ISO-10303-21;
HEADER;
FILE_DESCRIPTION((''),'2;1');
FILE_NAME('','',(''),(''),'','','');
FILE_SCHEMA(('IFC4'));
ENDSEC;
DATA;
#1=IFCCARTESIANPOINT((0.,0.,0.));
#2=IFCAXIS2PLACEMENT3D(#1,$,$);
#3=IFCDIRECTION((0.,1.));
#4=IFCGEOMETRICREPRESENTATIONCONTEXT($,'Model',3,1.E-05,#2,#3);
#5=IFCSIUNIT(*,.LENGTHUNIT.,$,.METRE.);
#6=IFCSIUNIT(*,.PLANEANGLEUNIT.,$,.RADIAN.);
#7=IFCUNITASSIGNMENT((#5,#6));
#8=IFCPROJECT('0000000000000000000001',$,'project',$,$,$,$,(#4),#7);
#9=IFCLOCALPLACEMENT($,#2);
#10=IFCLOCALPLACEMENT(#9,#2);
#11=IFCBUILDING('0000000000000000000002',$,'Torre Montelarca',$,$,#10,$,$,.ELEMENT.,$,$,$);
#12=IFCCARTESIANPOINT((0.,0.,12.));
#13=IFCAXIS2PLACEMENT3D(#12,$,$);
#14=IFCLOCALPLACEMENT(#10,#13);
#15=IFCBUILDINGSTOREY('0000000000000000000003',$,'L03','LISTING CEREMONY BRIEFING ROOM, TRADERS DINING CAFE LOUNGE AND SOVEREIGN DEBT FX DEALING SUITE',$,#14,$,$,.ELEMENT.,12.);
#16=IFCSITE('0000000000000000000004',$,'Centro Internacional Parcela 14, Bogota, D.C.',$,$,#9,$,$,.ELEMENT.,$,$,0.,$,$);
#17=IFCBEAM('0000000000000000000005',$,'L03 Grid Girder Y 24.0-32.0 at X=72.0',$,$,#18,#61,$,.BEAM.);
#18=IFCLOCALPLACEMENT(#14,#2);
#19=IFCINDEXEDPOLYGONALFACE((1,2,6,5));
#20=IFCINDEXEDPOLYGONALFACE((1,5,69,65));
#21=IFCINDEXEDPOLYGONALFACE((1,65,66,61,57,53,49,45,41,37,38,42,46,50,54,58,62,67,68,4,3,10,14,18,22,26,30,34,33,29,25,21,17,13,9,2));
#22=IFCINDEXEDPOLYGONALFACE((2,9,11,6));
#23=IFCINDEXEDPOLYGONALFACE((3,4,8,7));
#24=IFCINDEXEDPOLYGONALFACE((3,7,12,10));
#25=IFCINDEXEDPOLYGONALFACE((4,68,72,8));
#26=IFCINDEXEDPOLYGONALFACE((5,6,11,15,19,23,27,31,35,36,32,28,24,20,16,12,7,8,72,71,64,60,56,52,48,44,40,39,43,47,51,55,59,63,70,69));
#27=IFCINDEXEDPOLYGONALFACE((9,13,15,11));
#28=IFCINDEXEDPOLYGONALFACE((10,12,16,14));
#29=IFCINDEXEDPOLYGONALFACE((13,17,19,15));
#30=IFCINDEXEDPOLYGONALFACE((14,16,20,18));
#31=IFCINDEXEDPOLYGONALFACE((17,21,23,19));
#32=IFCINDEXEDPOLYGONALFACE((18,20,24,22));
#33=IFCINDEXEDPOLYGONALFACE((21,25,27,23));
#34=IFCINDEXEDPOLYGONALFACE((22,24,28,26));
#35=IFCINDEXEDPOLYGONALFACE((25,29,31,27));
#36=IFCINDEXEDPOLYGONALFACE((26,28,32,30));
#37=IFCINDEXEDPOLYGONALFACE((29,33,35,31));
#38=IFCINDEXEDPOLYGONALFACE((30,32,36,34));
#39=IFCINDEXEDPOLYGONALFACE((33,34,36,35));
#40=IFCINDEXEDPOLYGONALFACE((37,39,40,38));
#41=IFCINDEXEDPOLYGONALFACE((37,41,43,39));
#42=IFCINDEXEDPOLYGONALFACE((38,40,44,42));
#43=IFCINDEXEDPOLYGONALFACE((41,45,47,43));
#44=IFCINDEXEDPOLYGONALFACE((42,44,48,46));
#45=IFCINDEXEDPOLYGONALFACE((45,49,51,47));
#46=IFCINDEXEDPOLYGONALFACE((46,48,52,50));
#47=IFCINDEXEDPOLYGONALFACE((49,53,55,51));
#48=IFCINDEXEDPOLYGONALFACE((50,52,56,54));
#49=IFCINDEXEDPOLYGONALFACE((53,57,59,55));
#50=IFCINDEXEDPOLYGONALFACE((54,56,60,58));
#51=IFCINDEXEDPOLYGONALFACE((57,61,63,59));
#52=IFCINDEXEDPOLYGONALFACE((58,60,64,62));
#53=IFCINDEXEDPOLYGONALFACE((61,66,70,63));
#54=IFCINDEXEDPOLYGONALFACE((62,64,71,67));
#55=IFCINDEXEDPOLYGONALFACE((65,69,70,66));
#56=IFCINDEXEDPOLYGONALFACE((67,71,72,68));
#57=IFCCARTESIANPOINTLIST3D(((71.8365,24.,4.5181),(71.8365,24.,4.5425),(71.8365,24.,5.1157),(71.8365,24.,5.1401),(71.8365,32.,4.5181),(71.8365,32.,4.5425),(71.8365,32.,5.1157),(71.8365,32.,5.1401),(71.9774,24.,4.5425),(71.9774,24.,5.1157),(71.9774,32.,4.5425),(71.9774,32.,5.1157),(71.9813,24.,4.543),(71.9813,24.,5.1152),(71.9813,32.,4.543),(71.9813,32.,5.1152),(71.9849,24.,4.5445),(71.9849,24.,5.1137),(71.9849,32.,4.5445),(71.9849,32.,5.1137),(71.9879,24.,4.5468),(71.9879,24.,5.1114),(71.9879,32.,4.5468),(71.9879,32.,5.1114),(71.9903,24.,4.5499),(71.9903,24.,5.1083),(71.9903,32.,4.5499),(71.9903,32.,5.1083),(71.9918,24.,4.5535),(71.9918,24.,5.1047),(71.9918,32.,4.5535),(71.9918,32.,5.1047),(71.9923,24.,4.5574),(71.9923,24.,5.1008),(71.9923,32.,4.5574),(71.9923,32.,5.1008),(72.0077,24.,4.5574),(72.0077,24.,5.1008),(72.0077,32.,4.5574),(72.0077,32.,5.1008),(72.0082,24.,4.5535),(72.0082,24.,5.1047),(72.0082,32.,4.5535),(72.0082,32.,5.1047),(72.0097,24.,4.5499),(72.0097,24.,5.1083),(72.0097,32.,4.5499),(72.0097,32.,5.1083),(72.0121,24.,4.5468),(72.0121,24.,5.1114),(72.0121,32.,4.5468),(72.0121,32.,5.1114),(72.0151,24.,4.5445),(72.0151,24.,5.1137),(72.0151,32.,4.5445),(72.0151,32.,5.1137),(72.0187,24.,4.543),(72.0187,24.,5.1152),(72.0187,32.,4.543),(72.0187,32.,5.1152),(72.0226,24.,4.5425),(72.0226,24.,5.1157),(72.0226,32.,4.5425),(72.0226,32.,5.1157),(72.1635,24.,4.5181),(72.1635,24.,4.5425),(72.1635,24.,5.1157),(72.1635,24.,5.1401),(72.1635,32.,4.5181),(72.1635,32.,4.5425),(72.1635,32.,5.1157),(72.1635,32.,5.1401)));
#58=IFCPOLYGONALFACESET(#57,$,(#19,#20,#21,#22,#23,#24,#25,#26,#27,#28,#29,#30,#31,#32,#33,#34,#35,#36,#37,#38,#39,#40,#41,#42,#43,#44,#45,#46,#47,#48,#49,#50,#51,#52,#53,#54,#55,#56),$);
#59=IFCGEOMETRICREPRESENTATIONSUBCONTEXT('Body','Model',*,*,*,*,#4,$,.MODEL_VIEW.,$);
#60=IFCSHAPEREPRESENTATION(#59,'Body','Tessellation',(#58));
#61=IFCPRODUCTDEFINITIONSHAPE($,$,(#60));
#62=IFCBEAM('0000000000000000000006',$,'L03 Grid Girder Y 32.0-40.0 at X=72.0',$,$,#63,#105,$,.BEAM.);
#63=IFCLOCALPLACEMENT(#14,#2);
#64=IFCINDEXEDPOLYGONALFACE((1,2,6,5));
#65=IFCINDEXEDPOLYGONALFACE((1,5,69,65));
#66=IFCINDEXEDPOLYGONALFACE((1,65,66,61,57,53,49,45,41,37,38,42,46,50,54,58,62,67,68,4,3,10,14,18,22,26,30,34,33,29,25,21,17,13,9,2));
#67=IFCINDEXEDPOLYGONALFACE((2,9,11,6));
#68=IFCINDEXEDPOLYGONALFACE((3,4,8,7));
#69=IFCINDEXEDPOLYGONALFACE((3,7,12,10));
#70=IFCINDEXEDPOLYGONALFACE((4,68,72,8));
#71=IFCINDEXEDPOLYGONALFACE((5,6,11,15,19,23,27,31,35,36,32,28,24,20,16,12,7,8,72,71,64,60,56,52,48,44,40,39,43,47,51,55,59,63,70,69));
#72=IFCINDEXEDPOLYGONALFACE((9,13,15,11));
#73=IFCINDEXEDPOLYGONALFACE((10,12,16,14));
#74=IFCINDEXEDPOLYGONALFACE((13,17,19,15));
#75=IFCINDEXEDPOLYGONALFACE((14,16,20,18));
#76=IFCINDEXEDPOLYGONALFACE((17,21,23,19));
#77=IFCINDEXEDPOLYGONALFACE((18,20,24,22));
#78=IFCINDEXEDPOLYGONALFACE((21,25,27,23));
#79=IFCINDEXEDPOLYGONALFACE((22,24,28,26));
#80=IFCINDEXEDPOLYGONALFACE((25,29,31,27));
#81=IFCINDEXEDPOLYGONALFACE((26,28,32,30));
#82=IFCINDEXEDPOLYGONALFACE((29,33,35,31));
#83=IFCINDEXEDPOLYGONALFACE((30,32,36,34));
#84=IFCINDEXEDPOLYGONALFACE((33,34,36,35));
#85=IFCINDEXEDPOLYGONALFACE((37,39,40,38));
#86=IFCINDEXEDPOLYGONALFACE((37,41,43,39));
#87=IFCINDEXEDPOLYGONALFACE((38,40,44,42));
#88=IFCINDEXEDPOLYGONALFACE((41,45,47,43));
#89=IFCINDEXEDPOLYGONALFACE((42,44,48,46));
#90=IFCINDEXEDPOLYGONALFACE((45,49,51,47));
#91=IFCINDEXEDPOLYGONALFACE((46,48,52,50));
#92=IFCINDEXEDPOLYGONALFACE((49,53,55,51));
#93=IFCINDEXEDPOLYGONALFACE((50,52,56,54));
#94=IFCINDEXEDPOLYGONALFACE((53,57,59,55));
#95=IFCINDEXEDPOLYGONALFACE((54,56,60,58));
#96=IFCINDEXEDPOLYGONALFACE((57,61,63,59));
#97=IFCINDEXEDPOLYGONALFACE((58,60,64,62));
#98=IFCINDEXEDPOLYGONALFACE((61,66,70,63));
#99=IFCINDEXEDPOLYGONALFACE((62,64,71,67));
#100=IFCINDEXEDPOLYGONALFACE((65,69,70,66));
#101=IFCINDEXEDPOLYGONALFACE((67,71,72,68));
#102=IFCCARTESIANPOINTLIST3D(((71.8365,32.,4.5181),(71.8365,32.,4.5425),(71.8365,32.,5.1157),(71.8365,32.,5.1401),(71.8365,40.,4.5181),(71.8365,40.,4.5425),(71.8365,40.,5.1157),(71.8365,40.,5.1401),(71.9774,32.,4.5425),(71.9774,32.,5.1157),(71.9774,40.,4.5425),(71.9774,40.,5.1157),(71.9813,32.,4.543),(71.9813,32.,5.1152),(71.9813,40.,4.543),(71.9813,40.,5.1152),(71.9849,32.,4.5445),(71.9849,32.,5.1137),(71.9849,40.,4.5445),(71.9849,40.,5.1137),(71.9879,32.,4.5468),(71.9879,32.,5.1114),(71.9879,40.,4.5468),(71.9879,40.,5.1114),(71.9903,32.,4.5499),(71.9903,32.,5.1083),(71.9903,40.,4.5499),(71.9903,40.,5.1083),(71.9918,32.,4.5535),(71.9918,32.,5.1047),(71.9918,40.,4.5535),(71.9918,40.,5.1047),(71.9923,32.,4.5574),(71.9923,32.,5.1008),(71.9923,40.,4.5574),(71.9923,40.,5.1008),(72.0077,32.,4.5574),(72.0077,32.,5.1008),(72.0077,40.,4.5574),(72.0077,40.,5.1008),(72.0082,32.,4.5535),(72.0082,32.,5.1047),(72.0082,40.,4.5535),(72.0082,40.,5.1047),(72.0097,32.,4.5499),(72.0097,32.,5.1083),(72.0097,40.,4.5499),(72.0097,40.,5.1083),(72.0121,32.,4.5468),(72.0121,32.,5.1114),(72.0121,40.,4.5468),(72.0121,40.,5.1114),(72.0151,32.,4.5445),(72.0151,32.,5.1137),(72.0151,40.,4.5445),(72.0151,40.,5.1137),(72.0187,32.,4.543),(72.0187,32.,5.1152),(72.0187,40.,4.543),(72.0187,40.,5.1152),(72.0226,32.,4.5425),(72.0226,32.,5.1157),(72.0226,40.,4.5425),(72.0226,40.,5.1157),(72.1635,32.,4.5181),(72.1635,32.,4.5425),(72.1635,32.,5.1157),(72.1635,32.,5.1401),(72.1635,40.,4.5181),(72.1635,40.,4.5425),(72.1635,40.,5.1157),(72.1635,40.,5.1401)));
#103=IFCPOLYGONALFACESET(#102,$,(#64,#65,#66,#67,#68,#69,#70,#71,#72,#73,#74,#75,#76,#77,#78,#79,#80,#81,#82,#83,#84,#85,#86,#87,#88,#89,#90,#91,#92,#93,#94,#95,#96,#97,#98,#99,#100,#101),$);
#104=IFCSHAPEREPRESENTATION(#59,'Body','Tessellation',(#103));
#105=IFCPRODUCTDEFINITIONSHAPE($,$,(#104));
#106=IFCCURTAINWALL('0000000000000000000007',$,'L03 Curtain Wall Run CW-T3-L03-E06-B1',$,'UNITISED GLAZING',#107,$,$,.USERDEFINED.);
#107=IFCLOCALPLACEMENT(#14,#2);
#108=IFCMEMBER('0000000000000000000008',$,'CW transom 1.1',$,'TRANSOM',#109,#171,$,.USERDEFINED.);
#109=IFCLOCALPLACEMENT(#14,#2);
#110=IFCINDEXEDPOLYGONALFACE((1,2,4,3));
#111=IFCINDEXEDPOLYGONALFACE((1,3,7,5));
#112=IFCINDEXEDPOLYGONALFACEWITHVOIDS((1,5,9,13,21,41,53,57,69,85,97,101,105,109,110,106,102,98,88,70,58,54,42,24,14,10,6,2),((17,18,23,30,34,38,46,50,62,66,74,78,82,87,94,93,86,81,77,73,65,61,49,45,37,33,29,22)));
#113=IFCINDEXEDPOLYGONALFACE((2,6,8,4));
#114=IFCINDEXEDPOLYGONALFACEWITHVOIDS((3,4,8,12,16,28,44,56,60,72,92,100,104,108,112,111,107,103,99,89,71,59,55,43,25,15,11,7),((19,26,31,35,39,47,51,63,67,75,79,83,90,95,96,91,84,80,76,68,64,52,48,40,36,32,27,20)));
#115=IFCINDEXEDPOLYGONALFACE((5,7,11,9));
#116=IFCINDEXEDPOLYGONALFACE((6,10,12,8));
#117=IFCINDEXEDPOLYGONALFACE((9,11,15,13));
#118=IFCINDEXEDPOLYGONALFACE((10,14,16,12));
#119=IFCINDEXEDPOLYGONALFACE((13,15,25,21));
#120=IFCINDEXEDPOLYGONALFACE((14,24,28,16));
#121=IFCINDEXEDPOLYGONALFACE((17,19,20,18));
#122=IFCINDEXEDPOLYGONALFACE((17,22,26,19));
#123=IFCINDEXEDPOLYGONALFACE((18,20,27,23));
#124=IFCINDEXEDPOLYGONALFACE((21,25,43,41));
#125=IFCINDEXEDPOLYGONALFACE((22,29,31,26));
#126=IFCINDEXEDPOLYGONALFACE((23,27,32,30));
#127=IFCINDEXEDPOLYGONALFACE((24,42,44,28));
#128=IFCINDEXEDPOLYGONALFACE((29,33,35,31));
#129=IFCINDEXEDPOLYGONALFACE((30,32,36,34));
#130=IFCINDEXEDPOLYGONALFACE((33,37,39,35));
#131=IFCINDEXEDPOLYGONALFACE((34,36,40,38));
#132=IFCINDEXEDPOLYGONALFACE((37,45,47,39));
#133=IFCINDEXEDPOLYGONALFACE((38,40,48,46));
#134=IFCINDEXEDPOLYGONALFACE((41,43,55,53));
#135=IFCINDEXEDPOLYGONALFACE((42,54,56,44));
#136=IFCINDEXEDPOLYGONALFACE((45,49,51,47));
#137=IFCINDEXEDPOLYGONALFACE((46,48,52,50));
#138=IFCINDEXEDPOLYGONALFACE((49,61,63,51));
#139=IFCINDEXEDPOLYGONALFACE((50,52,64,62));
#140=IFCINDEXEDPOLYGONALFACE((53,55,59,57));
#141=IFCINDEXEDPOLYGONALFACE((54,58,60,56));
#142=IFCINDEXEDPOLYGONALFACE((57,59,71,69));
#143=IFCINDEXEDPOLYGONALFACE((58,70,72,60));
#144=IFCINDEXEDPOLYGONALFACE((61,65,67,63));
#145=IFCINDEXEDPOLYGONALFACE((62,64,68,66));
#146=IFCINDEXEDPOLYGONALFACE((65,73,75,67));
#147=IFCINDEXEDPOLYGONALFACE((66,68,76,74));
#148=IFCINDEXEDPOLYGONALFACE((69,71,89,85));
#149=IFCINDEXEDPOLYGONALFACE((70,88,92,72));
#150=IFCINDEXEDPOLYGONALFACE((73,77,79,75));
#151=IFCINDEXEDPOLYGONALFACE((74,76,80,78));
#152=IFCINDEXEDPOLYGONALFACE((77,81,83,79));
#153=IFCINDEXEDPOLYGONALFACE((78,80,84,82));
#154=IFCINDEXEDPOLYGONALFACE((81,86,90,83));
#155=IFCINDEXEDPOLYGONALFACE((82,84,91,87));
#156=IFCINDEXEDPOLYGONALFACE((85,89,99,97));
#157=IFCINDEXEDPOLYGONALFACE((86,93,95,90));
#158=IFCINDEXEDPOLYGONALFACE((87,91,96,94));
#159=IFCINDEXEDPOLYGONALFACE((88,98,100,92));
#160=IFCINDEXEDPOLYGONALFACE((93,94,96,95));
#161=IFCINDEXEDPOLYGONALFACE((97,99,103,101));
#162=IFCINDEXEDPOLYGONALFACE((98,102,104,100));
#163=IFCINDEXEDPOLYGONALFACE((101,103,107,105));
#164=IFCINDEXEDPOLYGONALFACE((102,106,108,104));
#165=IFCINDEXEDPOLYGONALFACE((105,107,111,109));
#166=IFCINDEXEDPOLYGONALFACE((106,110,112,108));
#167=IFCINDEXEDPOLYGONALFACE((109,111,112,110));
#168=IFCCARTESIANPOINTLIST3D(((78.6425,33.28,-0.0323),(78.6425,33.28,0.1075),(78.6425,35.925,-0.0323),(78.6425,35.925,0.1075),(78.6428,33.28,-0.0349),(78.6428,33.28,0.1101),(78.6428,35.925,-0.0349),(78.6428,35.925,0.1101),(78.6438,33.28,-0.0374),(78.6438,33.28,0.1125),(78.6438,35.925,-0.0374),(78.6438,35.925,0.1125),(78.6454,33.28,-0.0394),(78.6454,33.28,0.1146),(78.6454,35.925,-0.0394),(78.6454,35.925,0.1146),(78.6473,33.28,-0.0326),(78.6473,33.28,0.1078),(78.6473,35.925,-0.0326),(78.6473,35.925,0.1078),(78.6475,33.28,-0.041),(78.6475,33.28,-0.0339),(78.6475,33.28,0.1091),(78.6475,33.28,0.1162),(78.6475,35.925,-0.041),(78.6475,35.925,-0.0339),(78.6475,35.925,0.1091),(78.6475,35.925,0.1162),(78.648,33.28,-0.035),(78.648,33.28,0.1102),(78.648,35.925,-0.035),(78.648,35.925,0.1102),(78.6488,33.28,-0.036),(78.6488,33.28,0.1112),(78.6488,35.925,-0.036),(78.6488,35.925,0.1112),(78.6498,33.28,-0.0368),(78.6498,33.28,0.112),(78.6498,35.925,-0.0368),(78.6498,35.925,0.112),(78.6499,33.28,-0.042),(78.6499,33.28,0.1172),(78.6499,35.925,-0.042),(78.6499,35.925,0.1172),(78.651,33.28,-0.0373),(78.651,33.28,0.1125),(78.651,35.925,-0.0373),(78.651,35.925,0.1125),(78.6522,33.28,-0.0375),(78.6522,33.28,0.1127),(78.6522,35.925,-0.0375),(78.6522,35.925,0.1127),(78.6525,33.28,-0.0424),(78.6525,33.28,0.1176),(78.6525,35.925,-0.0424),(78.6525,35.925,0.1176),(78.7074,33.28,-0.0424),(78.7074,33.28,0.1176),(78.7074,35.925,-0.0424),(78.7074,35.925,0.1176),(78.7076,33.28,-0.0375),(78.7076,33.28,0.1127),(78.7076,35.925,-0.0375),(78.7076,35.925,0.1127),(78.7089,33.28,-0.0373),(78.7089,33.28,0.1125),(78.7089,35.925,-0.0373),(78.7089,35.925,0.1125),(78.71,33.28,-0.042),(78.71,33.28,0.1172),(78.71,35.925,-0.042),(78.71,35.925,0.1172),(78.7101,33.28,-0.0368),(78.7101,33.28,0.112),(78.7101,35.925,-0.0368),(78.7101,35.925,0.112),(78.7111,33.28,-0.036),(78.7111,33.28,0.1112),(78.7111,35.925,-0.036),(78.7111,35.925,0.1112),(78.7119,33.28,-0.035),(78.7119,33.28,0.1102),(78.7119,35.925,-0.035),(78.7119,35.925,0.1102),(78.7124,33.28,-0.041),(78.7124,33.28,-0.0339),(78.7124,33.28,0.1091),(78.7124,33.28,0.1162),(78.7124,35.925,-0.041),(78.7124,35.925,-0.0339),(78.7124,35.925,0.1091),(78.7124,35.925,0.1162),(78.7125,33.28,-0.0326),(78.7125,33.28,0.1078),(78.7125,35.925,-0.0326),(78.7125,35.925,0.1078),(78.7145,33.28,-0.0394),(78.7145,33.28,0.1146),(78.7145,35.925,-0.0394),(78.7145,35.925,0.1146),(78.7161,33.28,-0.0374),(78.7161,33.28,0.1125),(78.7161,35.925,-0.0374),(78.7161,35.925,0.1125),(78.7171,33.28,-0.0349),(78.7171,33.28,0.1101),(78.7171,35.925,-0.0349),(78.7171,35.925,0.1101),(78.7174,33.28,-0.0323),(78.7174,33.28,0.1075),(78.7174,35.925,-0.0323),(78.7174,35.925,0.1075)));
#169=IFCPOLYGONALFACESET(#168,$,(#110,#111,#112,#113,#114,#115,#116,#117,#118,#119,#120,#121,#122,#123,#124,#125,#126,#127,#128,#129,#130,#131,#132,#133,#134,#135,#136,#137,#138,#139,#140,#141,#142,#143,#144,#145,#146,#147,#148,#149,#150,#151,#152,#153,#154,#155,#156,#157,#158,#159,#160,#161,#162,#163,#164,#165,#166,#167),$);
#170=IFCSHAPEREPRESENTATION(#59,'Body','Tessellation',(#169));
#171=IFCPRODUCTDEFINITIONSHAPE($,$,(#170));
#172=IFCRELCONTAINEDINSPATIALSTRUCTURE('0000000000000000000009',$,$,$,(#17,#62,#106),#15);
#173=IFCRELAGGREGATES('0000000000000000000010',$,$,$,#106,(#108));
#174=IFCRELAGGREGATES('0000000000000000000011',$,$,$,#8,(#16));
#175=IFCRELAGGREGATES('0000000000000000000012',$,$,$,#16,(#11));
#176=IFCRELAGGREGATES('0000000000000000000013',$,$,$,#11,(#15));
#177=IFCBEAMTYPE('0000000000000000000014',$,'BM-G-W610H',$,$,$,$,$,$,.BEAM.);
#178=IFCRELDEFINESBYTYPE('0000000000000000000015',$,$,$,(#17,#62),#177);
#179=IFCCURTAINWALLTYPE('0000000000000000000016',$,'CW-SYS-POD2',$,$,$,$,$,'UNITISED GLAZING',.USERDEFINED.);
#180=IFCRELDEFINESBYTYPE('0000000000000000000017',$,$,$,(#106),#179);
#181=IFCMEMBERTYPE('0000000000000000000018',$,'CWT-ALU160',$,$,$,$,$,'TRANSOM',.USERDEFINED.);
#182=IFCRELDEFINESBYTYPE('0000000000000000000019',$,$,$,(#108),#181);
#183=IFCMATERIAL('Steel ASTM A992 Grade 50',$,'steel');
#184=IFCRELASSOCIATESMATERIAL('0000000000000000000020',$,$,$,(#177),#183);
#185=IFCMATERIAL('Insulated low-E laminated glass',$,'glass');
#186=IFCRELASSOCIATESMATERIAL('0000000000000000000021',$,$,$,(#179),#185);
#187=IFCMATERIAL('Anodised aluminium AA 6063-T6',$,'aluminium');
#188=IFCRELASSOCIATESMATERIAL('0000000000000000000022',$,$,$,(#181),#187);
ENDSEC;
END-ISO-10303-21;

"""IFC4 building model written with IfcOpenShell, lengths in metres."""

from ifc_helpers import new_model, si_unit, direction, frame, origin, origin_2d, place, context, subcontext, project, spatial, hollow_rectangle, i_section, extrude, source, transform, mapped, material, material_profile, profile_set, type_object, element, aggregate, save


model = new_model("IFC4")

# Units and contexts
model_context = context("Model", 3, precision=1e-05, world=origin(), true_north=direction((0.0, 1.0)))
body_context = subcontext(model_context, "Body", "Model", "MODEL_VIEW")
ifc_project = project(units=[si_unit("LENGTHUNIT", "METRE"), si_unit("PLANEANGLEUNIT", "RADIAN")], contexts=[model_context])

# Site, building, storey
site_placement = place(None, origin())
site = spatial("IfcSite", under=ifc_project, at=site_placement, Name="Centro Internacional Parcela 14, Bogota, D.C.", CompositionType="ELEMENT", RefElevation=0.0)
building_placement = place(site_placement, origin())
building = spatial("IfcBuilding", under=site, at=building_placement, Name="Torre Montelarca", CompositionType="ELEMENT")
storey_placement = place(building_placement, frame((0.0, 0.0, 12.0)))
storey = spatial("IfcBuildingStorey", under=building, at=storey_placement, Name="L03", Description="LISTING CEREMONY BRIEFING ROOM, TRADERS DINING CAFE LOUNGE AND SOVEREIGN DEBT FX DEALING SUITE", CompositionType="ELEMENT", Elevation=12.0)

# Shared definitions
ifc_material_1 = material(Name="Steel ASTM A992 Grade 50", Category="steel")

# Beams
ifc_material_profile_1 = material_profile(ifc_material_1, i_section(OverallWidth=0.3269, OverallDepth=0.6221, WebThickness=0.0154, FlangeThickness=0.0244, FilletRadius=0.0149, at=origin_2d()), Name="W610X195", Category="steel")
ifc_profile_set_1 = profile_set([ifc_material_profile_1], Name="Steel ASTM A992 Grade 50")
beam_type_1 = type_object("IfcBeamType", Name="BM-G-W610H", PredefinedType="BEAM", material=ifc_profile_set_1)
shared_shape_1 = source(origin(), body_context, "Body", "SweptSolid", [
    extrude(i_section(OverallWidth=0.3269, OverallDepth=0.6221, WebThickness=0.0154, FlangeThickness=0.0244, FilletRadius=0.0149, at=origin_2d()), origin(), (0.0, 0.0, 1.0), 8.0),
])
for number, where, z_axis, x_axis, name in (
    (1, (72.0, 24.0, 4.8291), (0.0, 1.0, 0.0), (-1.0, 0.0, 0.0), "L03 Grid Girder Y 24.0-32.0 at X=72.0"),
    (2, (72.0, 32.0, 4.8291), (0.0, 1.0, 0.0), (-1.0, 0.0, 0.0), "L03 Grid Girder Y 32.0-40.0 at X=72.0"),
):
    element("IfcBeam", number, at=place(storey_placement, frame(where, z_axis=z_axis, x_axis=x_axis)), inside=storey, type_object=beam_type_1, Name=name, PredefinedType="BEAM", context=body_context, shape_type="MappedRepresentation", body=[
        mapped(shared_shape_1, transform((0.0, 0.0, 0.0), scale=1.0)),
    ])

# Curtain wall, member
ifc_material_2 = material(Name="Insulated low-E laminated glass", Category="glass")
curtain_wall_type = type_object("IfcCurtainWallType", Name="CW-SYS-POD2", ElementType="UNITISED GLAZING", PredefinedType="USERDEFINED", material=ifc_material_2)
curtain_wall_placement = place(storey_placement, origin())
curtain_wall = element("IfcCurtainWall", 3, at=curtain_wall_placement, inside=storey, type_object=curtain_wall_type, Name="L03 Curtain Wall Run CW-T3-L03-E06-B1", ObjectType="UNITISED GLAZING", PredefinedType="USERDEFINED")
ifc_material_3 = material(Name="Anodised aluminium AA 6063-T6", Category="aluminium")
ifc_material_profile_2 = material_profile(ifc_material_3, hollow_rectangle(XDim=0.075, YDim=0.1599, WallThickness=0.0049, InnerFilletRadius=0.0049, OuterFilletRadius=0.01, at=origin_2d()), Name="ALU75X160X5", Category="aluminium")
ifc_profile_set_2 = profile_set([ifc_material_profile_2], Name="Anodised aluminium AA 6063-T6")
member_type_1 = type_object("IfcMemberType", Name="CWT-ALU160", ElementType="TRANSOM", PredefinedType="USERDEFINED", material=ifc_profile_set_2)
shared_shape_2 = source(origin(), body_context, "Body", "SweptSolid", [
    extrude(hollow_rectangle(XDim=0.075, YDim=0.1599, WallThickness=0.0049, InnerFilletRadius=0.0049, OuterFilletRadius=0.01, at=origin_2d()), origin(), (0.0, 0.0, 1.0), 2.645),
])
member_1_placement = place(storey_placement, frame((78.6799, 33.28, 0.0376), z_axis=(0.0, 1.0, 0.0), x_axis=(-1.0, 0.0, 0.0)))
member_1 = element("IfcMember", 4, at=member_1_placement, type_object=member_type_1, Name="CW transom 1.1", ObjectType="TRANSOM", PredefinedType="USERDEFINED", context=body_context, shape_type="MappedRepresentation", body=[
    mapped(shared_shape_2, transform((0.0, 0.0, 0.0), scale=1.0)),
])
aggregate(curtain_wall, [member_1])

save(model, "model.ifc")
